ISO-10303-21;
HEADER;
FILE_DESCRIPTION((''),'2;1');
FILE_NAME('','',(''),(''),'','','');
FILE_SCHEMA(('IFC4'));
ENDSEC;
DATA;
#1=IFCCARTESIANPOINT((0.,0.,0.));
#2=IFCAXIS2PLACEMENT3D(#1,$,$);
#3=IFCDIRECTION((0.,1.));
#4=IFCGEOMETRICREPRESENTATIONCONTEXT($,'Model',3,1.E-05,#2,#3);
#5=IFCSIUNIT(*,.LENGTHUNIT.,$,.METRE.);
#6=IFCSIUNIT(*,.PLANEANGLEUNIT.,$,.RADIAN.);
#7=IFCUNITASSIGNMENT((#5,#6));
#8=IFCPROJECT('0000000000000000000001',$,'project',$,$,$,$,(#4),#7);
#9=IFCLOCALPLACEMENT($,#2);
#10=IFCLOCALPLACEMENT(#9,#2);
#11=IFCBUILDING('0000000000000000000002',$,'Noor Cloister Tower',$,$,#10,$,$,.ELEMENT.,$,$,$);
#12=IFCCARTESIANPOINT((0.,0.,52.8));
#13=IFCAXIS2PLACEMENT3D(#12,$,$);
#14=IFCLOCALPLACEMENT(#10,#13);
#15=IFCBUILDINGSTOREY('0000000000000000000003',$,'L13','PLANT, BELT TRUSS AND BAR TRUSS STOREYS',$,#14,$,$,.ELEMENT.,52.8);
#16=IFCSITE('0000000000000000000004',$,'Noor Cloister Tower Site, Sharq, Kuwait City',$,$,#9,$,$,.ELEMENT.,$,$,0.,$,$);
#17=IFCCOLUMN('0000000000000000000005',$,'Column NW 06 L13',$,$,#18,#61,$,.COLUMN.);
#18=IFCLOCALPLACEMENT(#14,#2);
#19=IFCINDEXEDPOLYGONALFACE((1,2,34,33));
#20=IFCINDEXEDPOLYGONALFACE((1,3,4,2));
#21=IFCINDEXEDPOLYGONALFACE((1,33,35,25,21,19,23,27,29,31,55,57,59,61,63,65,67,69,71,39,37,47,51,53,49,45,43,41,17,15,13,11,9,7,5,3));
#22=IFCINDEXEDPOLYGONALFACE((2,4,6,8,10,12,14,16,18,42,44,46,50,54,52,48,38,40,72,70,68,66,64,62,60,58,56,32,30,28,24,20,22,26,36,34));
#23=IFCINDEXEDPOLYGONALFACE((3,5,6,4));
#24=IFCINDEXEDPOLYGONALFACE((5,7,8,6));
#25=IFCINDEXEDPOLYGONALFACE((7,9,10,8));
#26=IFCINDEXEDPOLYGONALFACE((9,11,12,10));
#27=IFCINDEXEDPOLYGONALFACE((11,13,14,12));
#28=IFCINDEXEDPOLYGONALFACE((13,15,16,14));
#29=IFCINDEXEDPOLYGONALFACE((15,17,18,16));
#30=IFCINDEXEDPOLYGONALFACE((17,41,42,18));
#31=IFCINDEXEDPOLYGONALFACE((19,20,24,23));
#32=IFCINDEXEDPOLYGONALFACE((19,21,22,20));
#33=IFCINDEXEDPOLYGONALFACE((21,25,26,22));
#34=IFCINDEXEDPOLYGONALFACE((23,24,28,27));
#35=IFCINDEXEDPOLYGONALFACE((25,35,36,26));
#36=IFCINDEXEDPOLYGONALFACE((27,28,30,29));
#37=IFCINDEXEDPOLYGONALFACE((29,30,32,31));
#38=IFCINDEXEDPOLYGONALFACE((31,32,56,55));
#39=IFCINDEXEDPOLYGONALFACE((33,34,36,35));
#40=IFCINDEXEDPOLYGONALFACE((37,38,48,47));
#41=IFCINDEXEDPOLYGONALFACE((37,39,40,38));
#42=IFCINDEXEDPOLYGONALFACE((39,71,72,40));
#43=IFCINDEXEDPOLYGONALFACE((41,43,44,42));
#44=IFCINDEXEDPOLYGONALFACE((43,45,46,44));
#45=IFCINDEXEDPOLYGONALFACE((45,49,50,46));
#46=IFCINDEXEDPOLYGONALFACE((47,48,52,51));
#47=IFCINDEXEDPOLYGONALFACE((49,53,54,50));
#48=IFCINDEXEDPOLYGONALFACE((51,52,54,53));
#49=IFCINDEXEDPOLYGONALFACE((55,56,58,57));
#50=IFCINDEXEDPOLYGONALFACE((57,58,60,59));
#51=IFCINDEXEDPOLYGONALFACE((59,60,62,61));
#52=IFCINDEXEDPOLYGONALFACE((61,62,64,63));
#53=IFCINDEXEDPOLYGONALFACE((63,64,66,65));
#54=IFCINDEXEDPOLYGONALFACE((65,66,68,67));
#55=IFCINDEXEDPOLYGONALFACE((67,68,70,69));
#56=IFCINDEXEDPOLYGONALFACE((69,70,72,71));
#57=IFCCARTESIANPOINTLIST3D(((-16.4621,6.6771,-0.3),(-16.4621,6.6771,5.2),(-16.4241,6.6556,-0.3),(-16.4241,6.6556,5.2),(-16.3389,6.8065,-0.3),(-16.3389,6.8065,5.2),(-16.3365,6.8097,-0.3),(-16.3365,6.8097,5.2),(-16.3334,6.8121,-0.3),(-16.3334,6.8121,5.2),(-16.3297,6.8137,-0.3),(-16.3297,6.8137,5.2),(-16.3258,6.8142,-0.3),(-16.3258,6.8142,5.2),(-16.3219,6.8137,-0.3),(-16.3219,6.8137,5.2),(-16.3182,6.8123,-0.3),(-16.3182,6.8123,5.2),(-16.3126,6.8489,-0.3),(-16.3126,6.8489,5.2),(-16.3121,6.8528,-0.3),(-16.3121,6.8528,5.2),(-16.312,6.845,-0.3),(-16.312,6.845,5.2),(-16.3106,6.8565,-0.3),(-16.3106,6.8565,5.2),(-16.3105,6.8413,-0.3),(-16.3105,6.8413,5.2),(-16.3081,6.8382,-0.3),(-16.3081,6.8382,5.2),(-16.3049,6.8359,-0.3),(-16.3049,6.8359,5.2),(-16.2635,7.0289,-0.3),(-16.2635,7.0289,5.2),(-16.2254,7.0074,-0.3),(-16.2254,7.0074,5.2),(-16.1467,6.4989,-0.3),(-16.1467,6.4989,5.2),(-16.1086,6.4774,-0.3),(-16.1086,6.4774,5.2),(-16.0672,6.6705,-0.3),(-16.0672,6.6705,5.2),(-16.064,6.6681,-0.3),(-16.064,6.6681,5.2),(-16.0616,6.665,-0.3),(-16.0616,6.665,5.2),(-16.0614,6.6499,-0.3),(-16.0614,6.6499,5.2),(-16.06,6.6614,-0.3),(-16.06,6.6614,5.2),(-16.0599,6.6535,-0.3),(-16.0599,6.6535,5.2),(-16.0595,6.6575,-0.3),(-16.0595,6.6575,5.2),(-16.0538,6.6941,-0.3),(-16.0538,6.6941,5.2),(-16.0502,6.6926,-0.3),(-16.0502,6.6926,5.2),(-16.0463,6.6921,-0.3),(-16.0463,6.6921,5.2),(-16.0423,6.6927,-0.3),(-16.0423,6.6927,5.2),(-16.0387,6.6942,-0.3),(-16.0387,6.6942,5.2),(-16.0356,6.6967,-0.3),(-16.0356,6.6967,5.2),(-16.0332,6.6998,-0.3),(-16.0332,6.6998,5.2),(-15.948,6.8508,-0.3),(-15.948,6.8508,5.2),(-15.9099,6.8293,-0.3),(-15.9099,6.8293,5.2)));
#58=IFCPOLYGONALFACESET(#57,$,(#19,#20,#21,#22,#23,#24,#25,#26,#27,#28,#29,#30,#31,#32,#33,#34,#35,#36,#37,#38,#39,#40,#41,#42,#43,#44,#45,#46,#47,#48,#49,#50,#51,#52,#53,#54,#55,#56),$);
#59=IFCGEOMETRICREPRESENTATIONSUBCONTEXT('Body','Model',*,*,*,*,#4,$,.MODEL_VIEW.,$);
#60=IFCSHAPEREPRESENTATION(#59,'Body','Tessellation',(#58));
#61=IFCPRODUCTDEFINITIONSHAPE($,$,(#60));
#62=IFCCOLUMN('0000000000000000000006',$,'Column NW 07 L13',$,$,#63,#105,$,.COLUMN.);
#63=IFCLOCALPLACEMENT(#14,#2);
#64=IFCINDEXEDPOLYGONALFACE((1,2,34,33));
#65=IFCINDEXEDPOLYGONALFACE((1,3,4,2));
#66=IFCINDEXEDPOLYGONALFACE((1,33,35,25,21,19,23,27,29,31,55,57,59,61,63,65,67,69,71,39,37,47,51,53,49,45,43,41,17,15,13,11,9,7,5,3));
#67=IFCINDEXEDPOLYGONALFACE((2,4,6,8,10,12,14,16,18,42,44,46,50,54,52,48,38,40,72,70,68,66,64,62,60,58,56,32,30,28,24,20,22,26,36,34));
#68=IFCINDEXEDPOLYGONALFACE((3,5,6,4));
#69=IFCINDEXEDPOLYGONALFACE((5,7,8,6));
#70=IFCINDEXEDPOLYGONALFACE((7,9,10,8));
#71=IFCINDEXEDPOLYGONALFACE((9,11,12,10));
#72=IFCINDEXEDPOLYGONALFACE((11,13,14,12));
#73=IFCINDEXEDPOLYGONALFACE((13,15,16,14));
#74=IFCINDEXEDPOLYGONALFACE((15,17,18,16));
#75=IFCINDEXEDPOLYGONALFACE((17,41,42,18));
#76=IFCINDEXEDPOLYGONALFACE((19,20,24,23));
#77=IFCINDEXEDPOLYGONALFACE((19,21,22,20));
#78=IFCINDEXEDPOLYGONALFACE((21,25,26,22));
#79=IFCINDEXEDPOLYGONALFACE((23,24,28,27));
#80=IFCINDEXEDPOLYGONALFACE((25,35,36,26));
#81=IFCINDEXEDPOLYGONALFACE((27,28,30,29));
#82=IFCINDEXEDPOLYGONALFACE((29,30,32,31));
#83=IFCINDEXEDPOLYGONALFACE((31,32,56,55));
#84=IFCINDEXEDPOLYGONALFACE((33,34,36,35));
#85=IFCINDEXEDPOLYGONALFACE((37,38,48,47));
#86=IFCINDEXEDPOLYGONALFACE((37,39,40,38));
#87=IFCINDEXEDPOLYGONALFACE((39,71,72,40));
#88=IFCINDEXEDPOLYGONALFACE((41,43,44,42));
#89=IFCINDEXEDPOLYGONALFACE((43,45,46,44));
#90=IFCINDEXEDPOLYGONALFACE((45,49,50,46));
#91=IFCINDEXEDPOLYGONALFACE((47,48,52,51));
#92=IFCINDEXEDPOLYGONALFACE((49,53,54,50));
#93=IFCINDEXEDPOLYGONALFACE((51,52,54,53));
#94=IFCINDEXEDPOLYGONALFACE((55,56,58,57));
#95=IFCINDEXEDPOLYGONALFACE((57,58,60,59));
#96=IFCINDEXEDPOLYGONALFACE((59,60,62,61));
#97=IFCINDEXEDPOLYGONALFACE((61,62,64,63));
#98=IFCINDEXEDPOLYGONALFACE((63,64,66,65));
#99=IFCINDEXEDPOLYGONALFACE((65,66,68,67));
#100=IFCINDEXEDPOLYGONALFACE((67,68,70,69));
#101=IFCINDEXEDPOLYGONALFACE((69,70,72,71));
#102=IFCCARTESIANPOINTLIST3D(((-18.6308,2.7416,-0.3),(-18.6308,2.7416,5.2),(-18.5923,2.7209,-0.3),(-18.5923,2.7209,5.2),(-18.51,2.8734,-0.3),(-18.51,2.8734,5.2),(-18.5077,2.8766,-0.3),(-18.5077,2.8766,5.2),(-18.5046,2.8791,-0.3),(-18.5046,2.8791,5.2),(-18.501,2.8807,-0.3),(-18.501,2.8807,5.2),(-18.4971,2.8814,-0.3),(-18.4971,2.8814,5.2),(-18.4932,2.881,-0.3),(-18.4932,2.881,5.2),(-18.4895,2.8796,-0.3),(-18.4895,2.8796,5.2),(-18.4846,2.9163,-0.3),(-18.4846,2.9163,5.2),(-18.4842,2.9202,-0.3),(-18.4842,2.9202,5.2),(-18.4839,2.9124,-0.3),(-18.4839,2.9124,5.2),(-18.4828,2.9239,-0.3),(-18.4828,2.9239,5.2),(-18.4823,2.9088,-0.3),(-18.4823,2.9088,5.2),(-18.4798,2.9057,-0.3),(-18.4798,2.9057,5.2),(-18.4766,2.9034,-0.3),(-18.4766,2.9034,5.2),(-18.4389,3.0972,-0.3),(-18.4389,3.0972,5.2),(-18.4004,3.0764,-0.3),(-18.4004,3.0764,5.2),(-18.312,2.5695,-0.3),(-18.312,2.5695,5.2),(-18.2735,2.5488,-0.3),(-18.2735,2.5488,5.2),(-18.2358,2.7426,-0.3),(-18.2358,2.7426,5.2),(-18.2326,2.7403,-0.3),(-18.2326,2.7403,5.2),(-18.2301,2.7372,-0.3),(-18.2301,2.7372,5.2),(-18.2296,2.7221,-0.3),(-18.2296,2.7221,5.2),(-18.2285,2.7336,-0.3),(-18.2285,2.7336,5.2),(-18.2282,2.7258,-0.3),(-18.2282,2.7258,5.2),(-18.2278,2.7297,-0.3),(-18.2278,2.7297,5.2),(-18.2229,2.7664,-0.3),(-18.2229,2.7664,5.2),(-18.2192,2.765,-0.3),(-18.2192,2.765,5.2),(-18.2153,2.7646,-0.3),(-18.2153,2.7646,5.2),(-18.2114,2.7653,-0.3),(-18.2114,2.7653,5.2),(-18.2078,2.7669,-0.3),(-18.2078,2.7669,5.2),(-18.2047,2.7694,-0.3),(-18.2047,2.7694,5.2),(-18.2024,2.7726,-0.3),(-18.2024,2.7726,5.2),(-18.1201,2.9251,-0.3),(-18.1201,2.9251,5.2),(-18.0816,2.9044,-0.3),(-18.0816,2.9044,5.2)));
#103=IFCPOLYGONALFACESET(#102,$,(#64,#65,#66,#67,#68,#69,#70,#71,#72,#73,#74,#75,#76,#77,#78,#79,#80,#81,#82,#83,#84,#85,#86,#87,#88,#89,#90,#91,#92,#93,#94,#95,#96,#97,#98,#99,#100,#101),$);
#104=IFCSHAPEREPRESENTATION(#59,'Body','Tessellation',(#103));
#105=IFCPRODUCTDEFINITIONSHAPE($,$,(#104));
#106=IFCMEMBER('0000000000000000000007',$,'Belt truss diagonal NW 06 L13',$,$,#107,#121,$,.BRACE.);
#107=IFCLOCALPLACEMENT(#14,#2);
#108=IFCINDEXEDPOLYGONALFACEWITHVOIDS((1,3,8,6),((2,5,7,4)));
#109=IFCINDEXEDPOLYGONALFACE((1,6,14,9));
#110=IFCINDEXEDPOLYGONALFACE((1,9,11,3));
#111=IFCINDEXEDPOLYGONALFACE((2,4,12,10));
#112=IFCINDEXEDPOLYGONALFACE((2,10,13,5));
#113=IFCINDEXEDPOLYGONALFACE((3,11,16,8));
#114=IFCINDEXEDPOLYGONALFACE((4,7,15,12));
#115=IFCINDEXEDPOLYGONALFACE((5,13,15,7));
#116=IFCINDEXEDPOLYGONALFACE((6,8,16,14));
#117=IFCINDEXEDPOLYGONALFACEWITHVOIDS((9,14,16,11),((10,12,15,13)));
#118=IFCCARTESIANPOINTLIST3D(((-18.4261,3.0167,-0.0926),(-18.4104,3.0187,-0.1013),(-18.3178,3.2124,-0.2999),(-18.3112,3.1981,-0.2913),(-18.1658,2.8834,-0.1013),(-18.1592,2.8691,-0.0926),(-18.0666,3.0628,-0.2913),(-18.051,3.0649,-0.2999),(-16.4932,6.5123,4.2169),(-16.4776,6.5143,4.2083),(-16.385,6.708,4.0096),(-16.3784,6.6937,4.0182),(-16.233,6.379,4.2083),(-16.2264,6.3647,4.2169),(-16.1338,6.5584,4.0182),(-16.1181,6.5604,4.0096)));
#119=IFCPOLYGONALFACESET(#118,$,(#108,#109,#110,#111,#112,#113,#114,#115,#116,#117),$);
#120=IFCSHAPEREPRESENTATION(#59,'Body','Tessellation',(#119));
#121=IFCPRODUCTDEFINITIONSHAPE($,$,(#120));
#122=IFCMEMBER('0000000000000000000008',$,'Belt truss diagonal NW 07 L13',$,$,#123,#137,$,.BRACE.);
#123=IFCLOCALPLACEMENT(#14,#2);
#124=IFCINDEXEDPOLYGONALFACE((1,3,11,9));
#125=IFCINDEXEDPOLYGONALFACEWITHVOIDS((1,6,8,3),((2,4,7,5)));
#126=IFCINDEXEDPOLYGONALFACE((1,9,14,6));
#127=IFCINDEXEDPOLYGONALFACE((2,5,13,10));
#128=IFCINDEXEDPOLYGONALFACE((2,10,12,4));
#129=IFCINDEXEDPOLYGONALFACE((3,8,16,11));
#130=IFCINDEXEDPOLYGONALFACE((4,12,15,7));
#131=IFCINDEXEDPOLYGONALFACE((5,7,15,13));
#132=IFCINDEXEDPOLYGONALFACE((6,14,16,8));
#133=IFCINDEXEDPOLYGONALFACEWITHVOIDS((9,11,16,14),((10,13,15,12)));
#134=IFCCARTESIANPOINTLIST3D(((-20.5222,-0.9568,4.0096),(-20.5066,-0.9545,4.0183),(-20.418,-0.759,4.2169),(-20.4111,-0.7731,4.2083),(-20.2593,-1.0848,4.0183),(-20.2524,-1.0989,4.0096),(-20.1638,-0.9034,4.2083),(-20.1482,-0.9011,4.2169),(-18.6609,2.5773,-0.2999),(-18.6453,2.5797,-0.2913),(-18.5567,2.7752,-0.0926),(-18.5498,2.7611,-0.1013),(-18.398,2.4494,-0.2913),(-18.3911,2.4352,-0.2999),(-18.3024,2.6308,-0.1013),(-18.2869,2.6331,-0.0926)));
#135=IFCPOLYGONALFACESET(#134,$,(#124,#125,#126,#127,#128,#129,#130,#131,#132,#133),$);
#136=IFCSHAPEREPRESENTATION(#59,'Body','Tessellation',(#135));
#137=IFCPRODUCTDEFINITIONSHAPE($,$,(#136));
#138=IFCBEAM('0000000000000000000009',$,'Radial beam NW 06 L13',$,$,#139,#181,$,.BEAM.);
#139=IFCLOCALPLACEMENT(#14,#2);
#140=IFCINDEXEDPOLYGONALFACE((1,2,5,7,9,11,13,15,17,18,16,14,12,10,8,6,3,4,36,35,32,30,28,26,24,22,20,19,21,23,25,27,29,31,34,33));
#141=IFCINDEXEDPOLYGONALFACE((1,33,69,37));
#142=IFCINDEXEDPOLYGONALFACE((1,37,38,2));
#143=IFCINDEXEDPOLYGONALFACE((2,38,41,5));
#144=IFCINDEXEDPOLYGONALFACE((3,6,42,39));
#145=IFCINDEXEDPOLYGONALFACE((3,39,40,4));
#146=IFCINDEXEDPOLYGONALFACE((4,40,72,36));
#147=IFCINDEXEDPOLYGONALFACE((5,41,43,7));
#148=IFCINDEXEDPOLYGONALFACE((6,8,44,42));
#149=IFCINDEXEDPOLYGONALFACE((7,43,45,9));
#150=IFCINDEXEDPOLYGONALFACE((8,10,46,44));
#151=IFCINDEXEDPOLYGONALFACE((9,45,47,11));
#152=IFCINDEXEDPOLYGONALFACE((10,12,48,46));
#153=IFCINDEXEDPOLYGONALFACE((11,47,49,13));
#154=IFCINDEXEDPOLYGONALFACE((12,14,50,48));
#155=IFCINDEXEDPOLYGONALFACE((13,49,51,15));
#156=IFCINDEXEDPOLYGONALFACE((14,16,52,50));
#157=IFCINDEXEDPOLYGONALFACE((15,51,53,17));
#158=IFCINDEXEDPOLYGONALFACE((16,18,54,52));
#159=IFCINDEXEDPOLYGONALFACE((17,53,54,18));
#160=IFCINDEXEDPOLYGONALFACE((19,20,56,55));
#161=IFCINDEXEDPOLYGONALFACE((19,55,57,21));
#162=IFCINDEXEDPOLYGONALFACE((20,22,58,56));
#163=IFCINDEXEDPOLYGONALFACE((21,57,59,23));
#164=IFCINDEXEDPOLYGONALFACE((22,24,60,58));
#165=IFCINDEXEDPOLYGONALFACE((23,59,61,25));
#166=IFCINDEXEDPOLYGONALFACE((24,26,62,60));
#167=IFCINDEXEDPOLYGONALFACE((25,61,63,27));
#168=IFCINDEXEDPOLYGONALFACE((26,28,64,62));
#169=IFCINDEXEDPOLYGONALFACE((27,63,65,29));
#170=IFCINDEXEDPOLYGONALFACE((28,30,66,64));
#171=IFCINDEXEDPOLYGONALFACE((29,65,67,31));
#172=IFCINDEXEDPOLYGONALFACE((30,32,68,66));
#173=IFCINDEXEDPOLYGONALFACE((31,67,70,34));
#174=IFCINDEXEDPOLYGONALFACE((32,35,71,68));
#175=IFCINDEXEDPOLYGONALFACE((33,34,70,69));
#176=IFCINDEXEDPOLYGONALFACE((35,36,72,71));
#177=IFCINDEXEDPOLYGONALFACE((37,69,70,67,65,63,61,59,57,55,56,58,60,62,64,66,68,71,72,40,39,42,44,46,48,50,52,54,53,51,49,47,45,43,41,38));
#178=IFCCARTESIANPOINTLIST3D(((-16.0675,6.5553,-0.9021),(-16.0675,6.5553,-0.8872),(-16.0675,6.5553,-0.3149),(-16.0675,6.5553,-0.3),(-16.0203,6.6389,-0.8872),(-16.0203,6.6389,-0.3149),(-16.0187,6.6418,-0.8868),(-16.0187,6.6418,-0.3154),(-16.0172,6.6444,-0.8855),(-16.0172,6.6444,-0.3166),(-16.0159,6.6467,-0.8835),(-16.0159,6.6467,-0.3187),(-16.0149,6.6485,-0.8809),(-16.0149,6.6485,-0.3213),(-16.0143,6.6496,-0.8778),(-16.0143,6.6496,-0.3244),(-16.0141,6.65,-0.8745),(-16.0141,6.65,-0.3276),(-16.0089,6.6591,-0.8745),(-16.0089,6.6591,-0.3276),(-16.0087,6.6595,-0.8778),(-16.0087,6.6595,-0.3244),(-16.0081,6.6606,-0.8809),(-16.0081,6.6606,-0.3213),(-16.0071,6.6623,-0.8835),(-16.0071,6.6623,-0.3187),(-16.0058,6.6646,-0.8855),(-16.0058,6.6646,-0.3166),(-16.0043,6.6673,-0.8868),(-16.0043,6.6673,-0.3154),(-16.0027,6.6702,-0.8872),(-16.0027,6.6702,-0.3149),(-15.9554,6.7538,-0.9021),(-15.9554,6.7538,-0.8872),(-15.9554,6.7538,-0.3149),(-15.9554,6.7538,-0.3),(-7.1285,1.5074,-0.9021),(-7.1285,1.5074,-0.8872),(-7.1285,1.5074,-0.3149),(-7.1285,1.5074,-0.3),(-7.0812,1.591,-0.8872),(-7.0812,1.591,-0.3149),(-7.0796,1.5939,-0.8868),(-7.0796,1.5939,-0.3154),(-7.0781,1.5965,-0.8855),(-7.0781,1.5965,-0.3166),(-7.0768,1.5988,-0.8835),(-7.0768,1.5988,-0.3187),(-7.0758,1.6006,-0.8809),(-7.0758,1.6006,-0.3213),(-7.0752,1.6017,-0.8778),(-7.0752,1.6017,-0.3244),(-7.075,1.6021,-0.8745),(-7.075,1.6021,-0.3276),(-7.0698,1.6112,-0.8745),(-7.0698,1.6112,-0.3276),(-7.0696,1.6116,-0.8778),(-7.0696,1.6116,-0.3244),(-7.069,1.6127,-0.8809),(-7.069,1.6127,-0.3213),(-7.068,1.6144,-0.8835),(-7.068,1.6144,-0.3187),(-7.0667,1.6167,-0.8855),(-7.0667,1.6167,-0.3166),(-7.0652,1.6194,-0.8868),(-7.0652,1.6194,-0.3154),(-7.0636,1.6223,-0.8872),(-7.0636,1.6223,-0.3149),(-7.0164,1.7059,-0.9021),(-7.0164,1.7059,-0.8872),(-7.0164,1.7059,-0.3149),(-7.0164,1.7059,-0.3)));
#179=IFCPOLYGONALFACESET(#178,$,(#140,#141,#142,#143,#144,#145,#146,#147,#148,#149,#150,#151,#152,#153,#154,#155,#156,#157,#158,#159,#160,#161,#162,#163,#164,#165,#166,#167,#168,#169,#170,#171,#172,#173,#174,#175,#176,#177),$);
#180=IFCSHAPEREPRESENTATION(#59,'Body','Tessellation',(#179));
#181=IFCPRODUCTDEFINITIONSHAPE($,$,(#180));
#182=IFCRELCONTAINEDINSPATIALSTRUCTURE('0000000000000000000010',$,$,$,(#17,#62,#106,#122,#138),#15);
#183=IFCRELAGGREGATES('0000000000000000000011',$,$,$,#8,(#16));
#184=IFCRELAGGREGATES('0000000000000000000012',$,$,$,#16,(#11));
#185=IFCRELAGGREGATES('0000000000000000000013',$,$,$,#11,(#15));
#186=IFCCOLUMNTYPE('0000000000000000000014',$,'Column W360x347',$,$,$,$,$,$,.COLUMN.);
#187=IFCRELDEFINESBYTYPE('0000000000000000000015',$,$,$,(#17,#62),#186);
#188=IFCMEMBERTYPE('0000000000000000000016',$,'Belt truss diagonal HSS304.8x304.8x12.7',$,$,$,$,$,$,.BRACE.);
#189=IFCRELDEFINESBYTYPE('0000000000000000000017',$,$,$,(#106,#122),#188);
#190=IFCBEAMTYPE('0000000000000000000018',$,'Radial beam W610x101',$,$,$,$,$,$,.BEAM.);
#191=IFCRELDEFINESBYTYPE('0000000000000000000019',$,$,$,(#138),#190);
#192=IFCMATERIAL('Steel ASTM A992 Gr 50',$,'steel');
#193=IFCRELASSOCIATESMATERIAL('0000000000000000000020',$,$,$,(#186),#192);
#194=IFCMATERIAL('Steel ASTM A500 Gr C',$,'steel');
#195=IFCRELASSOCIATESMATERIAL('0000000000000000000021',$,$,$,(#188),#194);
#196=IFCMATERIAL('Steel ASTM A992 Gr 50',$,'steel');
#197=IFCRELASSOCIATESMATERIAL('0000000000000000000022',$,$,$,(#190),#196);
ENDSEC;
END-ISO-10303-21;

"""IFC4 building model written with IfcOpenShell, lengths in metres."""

from ifc_helpers import new_model, si_unit, direction, frame, origin, origin_2d, place, context, subcontext, project, spatial, hollow_rectangle, i_section, extrude, material, material_profile, profile_set, type_object, element, save


model = new_model("IFC4")

# Units and contexts
model_context = context("Model", 3, precision=1e-05, world=origin(), true_north=direction((0.0, 1.0)))
body_context = subcontext(model_context, "Body", "Model", "MODEL_VIEW")
ifc_project = project(units=[si_unit("LENGTHUNIT", "METRE"), si_unit("PLANEANGLEUNIT", "RADIAN")], contexts=[model_context])

# Site, building, storey
site_placement = place(None, origin())
site = spatial("IfcSite", under=ifc_project, at=site_placement, Name="Noor Cloister Tower Site, Sharq, Kuwait City", CompositionType="ELEMENT", RefElevation=0.0)
building_placement = place(site_placement, origin())
building = spatial("IfcBuilding", under=site, at=building_placement, Name="Noor Cloister Tower", CompositionType="ELEMENT")
storey_placement = place(building_placement, frame((0.0, 0.0, 52.8)))
storey = spatial("IfcBuildingStorey", under=building, at=storey_placement, Name="L13", Description="PLANT, BELT TRUSS AND BAR TRUSS STOREYS", CompositionType="ELEMENT", Elevation=52.8)

# Columns
ifc_material_1 = material(Name="Steel ASTM A992 Gr 50", Category="steel")
ifc_material_profile_1 = material_profile(ifc_material_1, i_section(OverallWidth=0.4041, OverallDepth=0.406, WebThickness=0.0271, FlangeThickness=0.0437, FilletRadius=0.0151, at=origin_2d()), Name="W360x347")
ifc_profile_set_1 = profile_set([ifc_material_profile_1], Name="Steel ASTM A992 Gr 50")
column_type = type_object("IfcColumnType", Name="Column W360x347", PredefinedType="COLUMN", material=ifc_profile_set_1)
for number, where, z_axis, x_axis, name in (
    (1, (-16.186, 6.7532, -0.3), (0.0, 0.0, 1.0), (-0.491708, -0.87076, 0.0), "Column NW 06 L13"),
    (2, (-18.3562, 2.823, -0.3), (0.0, 0.0, 1.0), (-0.474991, -0.87999, 0.0), "Column NW 07 L13"),
):
    element("IfcColumn", number, at=place(storey_placement, frame(where, z_axis=z_axis, x_axis=x_axis)), inside=storey, type_object=column_type, Name=name, PredefinedType="COLUMN", context=body_context, shape_type="SweptSolid", body=[
        extrude(i_section(OverallWidth=0.4041, OverallDepth=0.406, WebThickness=0.0271, FlangeThickness=0.0437, FilletRadius=0.0151, at=origin_2d()), origin(), (0.0, 0.0, 1.0), 5.5),
    ])

# Members
ifc_material_2 = material(Name="Steel ASTM A500 Gr C", Category="steel")
ifc_material_profile_2 = material_profile(ifc_material_2, hollow_rectangle(XDim=0.3049, YDim=0.3049, WallThickness=0.0127, at=origin_2d()), Name="HSS304.8x304.8x12.7")
ifc_profile_set_2 = profile_set([ifc_material_profile_2], Name="Steel ASTM A500 Gr C")
member_type = type_object("IfcMemberType", Name="Belt truss diagonal HSS304.8x304.8x12.7", PredefinedType="BRACE", material=ifc_profile_set_2)
for number, where, z_axis, x_axis, name in (
    (3, (-18.2385, 3.0408, -0.1963), (0.328941, 0.594893, 0.733417), (-0.875127, 0.483893, 0.0), "Belt truss diagonal NW 06 L13"),
    (4, (-18.4739, 2.6052, -0.1963), (-0.316768, -0.60146, 0.733419), (0.884791, -0.465988, 0.0), "Belt truss diagonal NW 07 L13"),
):
    element("IfcMember", number, at=place(storey_placement, frame(where, z_axis=z_axis, x_axis=x_axis)), inside=storey, type_object=member_type, Name=name, PredefinedType="BRACE", context=body_context, shape_type="SweptSolid", body=[
        extrude(hollow_rectangle(XDim=0.3049, YDim=0.3049, WallThickness=0.0127, at=origin_2d()), origin(), (0.0, 0.0, 1.0), 5.876),
    ])

# Beam
ifc_material_3 = material(Name="Steel ASTM A992 Gr 50", Category="steel")
ifc_material_profile_3 = material_profile(ifc_material_3, i_section(OverallWidth=0.228, OverallDepth=0.6021, WebThickness=0.0105, FlangeThickness=0.0149, FilletRadius=0.0127, at=origin_2d()), Name="W610x101")
ifc_profile_set_3 = profile_set([ifc_material_profile_3], Name="Steel ASTM A992 Gr 50")
beam_type_1 = type_object("IfcBeamType", Name="Radial beam W610x101", PredefinedType="BEAM", material=ifc_profile_set_3)
beam_1_placement = place(storey_placement, frame((-16.0115, 6.6545, -0.6011), z_axis=(0.870755, -0.491717, 0.0), x_axis=(0.491717, 0.870755, 0.0)))
element("IfcBeam", 5, at=beam_1_placement, inside=storey, type_object=beam_type_1, Name="Radial beam NW 06 L13", PredefinedType="BEAM", context=body_context, shape_type="SweptSolid", body=[
    extrude(i_section(OverallWidth=0.228, OverallDepth=0.6021, WebThickness=0.0105, FlangeThickness=0.0149, FilletRadius=0.0127, at=origin_2d()), origin(), (0.0, 0.0, 1.0), 10.2659),
])

save(model, "model.ifc")
